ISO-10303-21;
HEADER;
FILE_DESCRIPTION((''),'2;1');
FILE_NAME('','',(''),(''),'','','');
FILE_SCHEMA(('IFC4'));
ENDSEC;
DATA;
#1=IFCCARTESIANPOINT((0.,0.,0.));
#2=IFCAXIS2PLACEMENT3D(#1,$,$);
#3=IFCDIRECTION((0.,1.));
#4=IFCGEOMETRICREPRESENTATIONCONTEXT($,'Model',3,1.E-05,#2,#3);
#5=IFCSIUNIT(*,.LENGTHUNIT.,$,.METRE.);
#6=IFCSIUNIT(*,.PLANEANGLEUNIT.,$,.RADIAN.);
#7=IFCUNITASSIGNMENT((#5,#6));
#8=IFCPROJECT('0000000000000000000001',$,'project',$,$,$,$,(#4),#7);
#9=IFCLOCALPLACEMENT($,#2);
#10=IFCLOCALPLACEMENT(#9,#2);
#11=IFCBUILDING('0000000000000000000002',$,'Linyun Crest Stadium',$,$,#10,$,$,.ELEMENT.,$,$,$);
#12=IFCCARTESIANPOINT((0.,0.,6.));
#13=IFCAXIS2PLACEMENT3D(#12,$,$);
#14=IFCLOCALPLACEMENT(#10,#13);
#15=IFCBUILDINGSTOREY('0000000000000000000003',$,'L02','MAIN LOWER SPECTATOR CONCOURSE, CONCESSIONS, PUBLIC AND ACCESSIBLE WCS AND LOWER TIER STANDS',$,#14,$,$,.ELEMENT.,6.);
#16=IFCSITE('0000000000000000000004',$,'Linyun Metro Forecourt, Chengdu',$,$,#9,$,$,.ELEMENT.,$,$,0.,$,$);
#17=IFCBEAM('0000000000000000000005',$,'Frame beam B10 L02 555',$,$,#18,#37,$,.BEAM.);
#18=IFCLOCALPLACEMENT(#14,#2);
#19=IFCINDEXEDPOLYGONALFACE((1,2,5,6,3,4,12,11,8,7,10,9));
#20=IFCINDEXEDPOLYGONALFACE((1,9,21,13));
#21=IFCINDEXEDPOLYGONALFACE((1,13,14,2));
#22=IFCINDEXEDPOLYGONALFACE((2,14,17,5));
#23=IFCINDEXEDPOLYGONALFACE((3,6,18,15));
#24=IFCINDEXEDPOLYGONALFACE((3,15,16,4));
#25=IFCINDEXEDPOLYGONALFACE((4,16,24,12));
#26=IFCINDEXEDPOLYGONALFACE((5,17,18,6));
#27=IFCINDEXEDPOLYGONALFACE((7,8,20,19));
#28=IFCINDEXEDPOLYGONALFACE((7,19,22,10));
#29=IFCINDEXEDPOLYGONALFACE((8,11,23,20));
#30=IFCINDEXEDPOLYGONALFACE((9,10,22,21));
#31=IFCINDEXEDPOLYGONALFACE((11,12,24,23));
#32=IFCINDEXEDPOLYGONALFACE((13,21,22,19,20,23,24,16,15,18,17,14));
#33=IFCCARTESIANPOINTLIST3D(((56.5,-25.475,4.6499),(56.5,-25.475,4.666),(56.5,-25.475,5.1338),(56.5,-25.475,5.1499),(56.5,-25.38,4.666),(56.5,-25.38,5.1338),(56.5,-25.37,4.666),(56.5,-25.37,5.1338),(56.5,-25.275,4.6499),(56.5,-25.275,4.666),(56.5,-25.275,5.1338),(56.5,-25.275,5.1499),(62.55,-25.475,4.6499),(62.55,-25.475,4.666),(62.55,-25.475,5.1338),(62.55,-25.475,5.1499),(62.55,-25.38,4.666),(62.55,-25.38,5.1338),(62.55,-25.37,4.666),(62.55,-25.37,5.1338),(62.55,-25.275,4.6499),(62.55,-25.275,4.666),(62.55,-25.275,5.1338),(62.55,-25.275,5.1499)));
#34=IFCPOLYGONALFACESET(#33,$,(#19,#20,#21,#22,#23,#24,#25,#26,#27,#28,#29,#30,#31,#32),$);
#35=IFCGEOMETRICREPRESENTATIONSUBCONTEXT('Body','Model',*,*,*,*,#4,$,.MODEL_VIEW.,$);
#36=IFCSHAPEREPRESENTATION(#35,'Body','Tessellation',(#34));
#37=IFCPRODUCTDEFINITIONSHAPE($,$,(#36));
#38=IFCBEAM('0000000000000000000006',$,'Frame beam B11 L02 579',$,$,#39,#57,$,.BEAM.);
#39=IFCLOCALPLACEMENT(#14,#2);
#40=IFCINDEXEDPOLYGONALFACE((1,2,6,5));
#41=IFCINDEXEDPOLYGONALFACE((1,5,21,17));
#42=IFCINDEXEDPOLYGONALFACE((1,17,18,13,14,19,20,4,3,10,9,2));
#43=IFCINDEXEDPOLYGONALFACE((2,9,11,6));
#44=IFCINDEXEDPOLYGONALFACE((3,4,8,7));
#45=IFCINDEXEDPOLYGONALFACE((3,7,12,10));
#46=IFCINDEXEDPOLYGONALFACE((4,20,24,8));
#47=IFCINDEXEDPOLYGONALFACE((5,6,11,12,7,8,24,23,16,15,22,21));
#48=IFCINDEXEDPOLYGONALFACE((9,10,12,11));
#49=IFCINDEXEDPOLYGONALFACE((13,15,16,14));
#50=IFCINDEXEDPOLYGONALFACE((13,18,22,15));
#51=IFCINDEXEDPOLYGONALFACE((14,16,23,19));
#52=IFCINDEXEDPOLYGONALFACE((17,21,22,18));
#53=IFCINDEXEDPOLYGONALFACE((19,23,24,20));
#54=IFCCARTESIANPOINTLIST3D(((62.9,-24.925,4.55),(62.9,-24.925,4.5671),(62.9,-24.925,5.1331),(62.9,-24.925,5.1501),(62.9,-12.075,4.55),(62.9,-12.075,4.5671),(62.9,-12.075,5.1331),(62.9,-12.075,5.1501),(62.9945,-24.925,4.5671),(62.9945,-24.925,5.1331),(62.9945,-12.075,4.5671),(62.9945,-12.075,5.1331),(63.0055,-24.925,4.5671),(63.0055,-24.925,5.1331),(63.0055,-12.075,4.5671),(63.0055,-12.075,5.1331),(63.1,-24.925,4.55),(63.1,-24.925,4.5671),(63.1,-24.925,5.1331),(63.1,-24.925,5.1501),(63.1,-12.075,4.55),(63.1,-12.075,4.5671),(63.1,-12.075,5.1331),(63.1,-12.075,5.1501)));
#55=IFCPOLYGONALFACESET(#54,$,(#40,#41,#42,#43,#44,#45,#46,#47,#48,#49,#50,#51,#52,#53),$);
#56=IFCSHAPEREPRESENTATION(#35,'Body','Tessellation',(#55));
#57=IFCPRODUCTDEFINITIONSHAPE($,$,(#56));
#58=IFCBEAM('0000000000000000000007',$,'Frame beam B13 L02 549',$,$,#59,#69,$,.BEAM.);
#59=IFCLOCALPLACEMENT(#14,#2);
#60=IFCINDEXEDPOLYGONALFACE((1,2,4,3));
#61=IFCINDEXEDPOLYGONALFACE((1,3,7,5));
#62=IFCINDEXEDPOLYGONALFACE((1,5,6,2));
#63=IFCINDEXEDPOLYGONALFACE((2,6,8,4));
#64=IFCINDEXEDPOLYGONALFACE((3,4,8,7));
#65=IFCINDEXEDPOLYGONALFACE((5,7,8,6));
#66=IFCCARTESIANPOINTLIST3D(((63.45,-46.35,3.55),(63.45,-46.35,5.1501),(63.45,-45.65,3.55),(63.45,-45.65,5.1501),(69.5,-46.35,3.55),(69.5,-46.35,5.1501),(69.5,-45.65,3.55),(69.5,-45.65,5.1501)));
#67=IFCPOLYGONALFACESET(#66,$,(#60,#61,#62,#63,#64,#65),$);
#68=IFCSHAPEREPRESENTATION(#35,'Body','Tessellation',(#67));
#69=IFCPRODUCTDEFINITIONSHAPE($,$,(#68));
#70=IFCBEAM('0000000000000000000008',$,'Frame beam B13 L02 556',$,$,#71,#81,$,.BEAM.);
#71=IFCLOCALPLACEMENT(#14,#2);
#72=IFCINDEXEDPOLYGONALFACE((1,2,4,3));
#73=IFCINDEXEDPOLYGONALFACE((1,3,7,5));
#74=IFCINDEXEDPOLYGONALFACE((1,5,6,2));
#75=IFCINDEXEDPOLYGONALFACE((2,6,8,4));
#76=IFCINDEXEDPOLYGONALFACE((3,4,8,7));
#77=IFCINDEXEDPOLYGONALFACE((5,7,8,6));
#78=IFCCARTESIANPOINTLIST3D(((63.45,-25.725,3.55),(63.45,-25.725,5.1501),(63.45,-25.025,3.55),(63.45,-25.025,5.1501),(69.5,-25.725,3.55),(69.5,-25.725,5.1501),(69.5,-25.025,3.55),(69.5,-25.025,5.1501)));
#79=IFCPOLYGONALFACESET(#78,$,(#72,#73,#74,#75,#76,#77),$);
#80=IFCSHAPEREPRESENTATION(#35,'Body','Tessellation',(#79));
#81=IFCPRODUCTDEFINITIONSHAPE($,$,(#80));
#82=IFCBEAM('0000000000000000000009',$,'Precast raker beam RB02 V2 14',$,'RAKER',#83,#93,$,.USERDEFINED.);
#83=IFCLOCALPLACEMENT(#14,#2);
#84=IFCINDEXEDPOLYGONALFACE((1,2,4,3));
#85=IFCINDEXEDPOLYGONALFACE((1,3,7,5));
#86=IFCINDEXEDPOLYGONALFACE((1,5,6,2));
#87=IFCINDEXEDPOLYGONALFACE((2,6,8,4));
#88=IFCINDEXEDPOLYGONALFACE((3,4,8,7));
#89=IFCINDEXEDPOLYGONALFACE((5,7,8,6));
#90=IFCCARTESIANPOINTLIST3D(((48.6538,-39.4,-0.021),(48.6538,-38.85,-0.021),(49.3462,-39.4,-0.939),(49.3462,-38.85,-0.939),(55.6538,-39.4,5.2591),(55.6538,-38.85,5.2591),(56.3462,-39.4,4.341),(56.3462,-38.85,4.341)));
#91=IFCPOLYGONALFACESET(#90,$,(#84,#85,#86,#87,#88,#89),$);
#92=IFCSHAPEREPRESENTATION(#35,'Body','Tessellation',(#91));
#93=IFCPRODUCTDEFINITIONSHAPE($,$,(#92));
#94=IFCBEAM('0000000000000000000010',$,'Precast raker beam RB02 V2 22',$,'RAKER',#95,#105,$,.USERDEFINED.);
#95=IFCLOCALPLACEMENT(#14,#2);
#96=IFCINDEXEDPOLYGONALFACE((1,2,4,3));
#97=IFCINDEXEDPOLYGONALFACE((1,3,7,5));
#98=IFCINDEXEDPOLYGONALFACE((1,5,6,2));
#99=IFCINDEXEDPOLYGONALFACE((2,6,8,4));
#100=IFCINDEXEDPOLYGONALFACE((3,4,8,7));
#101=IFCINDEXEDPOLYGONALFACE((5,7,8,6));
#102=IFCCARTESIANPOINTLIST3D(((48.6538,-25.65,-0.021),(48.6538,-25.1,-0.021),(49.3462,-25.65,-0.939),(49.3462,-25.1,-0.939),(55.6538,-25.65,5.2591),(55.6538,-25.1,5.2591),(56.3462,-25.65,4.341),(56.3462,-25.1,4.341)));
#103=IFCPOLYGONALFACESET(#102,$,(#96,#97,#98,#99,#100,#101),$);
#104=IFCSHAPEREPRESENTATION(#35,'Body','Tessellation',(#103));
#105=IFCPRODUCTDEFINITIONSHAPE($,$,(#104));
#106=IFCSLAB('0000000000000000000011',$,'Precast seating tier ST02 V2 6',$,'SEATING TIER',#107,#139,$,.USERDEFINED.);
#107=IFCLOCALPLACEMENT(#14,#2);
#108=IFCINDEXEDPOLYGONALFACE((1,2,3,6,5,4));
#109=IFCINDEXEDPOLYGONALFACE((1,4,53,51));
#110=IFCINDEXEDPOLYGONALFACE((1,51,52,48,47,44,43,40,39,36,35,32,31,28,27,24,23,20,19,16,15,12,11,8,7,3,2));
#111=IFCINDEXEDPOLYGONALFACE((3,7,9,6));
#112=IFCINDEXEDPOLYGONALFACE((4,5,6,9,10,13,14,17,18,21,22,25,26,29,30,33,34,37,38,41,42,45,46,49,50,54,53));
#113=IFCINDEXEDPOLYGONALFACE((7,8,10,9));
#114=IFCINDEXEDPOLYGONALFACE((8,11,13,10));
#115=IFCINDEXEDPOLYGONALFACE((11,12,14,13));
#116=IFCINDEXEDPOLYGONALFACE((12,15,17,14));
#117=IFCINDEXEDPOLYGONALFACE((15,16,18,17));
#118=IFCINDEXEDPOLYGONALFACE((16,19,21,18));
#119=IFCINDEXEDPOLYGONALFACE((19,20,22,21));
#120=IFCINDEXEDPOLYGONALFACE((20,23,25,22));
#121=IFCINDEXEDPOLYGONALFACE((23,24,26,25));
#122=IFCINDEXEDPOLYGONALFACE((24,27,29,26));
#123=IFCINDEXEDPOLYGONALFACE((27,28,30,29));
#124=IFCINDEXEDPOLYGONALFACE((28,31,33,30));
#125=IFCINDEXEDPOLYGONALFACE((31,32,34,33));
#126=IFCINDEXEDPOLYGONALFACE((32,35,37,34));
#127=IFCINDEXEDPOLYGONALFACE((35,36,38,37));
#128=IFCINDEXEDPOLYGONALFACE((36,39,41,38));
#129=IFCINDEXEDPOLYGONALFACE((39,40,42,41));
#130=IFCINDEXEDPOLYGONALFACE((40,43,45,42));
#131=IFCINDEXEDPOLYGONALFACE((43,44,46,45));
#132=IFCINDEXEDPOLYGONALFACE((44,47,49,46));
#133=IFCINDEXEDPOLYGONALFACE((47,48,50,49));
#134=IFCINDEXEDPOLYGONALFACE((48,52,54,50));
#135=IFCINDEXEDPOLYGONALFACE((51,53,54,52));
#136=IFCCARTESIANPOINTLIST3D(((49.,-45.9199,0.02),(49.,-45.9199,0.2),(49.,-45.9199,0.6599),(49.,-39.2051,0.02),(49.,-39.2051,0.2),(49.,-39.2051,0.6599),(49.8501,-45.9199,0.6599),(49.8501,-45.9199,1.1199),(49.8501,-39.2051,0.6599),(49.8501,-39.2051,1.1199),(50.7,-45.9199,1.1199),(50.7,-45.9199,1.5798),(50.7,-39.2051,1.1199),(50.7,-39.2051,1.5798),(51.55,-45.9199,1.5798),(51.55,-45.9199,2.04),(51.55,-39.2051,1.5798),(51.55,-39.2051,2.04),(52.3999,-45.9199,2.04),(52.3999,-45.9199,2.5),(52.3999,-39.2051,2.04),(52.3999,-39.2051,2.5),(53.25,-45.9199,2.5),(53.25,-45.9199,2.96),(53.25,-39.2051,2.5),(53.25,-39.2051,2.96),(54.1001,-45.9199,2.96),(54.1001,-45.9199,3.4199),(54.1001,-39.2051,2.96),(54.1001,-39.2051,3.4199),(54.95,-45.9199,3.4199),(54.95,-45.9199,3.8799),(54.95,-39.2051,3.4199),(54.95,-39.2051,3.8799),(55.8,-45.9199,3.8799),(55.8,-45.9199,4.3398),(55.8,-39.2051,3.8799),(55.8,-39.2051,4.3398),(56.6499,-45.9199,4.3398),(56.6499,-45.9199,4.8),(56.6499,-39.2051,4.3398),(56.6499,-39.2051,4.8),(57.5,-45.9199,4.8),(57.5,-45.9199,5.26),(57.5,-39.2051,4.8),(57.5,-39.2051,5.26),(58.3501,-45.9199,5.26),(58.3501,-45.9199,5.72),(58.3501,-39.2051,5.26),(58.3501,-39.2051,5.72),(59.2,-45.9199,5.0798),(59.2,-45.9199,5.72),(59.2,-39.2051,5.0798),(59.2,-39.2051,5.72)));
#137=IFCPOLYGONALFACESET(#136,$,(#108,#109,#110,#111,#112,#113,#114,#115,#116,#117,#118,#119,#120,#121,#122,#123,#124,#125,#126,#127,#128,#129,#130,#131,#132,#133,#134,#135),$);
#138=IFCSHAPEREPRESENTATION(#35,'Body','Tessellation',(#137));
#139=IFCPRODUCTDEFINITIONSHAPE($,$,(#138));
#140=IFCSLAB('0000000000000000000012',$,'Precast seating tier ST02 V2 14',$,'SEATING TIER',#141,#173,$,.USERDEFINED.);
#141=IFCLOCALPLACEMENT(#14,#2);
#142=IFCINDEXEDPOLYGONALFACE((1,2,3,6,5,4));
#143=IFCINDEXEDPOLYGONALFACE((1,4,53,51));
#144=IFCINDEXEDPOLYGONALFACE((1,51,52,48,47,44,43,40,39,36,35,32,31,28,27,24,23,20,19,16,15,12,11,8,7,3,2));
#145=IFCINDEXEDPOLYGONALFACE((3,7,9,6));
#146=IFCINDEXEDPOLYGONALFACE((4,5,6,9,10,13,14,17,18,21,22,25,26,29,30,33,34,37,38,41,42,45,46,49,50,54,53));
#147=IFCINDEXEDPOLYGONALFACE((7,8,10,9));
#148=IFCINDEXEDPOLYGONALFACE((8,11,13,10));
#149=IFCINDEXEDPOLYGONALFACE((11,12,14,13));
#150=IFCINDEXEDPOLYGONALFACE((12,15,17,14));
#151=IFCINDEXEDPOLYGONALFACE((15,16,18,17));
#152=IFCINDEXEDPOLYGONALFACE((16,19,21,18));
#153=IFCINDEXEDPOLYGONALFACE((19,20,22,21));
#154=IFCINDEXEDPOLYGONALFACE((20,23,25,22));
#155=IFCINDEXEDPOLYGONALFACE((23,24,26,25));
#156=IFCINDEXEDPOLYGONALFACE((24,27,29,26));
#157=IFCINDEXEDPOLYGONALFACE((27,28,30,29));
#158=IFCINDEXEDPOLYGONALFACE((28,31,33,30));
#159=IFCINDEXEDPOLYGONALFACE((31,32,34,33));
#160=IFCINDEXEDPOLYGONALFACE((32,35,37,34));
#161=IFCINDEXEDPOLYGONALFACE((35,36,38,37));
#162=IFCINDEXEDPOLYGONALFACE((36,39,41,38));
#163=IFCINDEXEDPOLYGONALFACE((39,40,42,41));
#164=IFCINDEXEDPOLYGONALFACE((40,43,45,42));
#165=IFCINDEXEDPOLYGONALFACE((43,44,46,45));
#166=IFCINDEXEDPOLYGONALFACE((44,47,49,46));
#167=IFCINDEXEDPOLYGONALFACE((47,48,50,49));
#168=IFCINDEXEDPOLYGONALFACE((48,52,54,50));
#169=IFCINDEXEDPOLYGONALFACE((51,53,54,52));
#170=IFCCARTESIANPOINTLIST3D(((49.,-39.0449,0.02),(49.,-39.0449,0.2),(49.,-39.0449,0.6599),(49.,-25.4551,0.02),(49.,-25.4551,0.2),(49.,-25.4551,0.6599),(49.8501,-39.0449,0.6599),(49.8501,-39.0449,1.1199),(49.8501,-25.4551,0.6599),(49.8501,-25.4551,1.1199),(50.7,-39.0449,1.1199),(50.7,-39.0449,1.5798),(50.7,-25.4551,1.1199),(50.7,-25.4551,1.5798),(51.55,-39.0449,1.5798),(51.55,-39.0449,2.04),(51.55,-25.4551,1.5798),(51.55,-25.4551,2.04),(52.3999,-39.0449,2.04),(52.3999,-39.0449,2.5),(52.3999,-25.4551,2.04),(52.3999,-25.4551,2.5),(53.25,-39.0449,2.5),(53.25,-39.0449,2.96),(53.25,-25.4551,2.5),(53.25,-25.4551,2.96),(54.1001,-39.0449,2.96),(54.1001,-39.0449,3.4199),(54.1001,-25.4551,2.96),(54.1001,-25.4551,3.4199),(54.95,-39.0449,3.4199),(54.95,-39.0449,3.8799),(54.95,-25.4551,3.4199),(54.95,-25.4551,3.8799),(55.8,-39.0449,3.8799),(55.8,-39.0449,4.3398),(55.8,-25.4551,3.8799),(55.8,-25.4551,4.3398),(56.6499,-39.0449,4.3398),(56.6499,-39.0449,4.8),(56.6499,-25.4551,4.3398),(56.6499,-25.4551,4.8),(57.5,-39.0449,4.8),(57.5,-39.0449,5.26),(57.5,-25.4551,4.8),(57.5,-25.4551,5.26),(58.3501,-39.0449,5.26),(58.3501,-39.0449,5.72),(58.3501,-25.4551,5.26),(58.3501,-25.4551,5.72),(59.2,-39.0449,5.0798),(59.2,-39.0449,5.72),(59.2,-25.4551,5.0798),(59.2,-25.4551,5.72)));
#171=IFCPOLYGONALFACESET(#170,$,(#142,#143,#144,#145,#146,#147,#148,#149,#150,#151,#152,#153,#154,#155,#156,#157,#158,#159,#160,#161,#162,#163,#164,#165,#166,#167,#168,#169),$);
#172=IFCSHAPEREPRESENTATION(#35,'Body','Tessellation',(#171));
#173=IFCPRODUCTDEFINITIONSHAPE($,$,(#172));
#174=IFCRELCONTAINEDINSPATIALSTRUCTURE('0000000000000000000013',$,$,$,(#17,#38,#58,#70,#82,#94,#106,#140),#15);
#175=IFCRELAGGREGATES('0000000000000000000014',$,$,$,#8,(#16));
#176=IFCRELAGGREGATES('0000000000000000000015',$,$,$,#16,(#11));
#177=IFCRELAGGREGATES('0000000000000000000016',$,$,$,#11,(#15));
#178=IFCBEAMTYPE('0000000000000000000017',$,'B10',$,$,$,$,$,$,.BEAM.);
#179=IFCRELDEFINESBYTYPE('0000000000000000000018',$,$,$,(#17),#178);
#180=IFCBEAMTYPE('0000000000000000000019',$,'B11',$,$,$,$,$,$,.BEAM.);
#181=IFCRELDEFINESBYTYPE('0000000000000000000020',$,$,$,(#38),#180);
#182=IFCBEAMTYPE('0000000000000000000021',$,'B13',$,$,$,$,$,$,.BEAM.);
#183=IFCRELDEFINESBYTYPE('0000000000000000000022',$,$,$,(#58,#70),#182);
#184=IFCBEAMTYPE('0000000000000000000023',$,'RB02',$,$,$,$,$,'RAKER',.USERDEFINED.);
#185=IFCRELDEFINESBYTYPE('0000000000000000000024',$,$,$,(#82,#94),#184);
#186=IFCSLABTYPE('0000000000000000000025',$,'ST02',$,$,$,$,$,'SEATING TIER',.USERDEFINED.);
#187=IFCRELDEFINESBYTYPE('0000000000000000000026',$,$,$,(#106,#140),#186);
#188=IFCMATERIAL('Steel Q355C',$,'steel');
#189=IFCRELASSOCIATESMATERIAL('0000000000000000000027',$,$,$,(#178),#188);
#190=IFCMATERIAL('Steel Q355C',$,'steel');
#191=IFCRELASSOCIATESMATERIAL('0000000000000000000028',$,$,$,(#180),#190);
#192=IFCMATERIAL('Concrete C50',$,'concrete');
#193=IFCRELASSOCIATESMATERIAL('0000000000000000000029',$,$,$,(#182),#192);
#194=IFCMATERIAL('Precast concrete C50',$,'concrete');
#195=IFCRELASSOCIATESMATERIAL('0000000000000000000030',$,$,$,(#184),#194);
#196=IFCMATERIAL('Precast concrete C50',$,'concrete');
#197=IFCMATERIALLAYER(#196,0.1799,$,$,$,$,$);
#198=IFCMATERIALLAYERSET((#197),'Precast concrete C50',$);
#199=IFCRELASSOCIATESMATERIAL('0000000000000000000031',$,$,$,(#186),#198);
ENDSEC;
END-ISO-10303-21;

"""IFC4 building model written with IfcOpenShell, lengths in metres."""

from ifc_helpers import new_model, si_unit, direction, frame, origin, origin_2d, place, context, subcontext, project, spatial, polyline, rectangle, i_section, outline, extrude, material, layer, layer_set, material_profile, profile_set, type_object, element, save


model = new_model("IFC4")

# Units and contexts
model_context = context("Model", 3, precision=1e-05, world=origin(), true_north=direction((0.0, 1.0)))
body_context = subcontext(model_context, "Body", "Model", "MODEL_VIEW")
ifc_project = project(units=[si_unit("LENGTHUNIT", "METRE"), si_unit("PLANEANGLEUNIT", "RADIAN")], contexts=[model_context])

# Site, building, storey
site_placement = place(None, origin())
site = spatial("IfcSite", under=ifc_project, at=site_placement, Name="Linyun Metro Forecourt, Chengdu", CompositionType="ELEMENT", RefElevation=0.0)
building_placement = place(site_placement, origin())
building = spatial("IfcBuilding", under=site, at=building_placement, Name="Linyun Crest Stadium", CompositionType="ELEMENT")
storey_placement = place(building_placement, frame((0.0, 0.0, 6.0)))
storey = spatial("IfcBuildingStorey", under=building, at=storey_placement, Name="L02", Description="MAIN LOWER SPECTATOR CONCOURSE, CONCESSIONS, PUBLIC AND ACCESSIBLE WCS AND LOWER TIER STANDS", CompositionType="ELEMENT", Elevation=6.0)

# Beams
ifc_material_1 = material(Name="Steel Q355C", Category="steel")
ifc_material_profile_1 = material_profile(ifc_material_1, i_section(OverallWidth=0.2, OverallDepth=0.5, WebThickness=0.01, FlangeThickness=0.0161, at=origin_2d()), Name="HN 500x200")
ifc_profile_set_1 = profile_set([ifc_material_profile_1], Name="Steel Q355C")
beam_type_1 = type_object("IfcBeamType", Name="B10", PredefinedType="BEAM", material=ifc_profile_set_1)
for number, where, z_axis, x_axis, name in (
    (1, (56.5, -25.375, 4.8999), (1.0, 0.0, 0.0), (0.0, 1.0, 0.0), "Frame beam B10 L02 555"),
):
    element("IfcBeam", number, at=place(storey_placement, frame(where, z_axis=z_axis, x_axis=x_axis)), inside=storey, type_object=beam_type_1, Name=name, PredefinedType="BEAM", context=body_context, shape_type="SweptSolid", body=[
        extrude(i_section(OverallWidth=0.2, OverallDepth=0.5, WebThickness=0.01, FlangeThickness=0.0161, at=origin_2d()), origin(), (0.0, 0.0, 1.0), 6.05),
    ])
ifc_material_2 = material(Name="Steel Q355C", Category="steel")
ifc_material_profile_2 = material_profile(ifc_material_2, i_section(OverallWidth=0.2, OverallDepth=0.6001, WebThickness=0.011, FlangeThickness=0.0171, at=origin_2d()), Name="HN 600x200")
ifc_profile_set_2 = profile_set([ifc_material_profile_2], Name="Steel Q355C")
beam_type_2 = type_object("IfcBeamType", Name="B11", PredefinedType="BEAM", material=ifc_profile_set_2)
beam_1_placement = place(storey_placement, frame((63.0, -24.925, 4.8501), z_axis=(0.0, 1.0, 0.0), x_axis=(-1.0, 0.0, 0.0)))
element("IfcBeam", 2, at=beam_1_placement, inside=storey, type_object=beam_type_2, Name="Frame beam B11 L02 579", PredefinedType="BEAM", context=body_context, shape_type="SweptSolid", body=[
    extrude(i_section(OverallWidth=0.2, OverallDepth=0.6001, WebThickness=0.011, FlangeThickness=0.0171, at=origin_2d()), origin(), (0.0, 0.0, 1.0), 12.8501),
])
ifc_material_3 = material(Name="Concrete C50", Category="concrete")
ifc_material_profile_3 = material_profile(ifc_material_3, rectangle(XDim=0.7, YDim=1.6001, at=origin_2d()), Name="RCB 1600x700")
ifc_profile_set_3 = profile_set([ifc_material_profile_3], Name="Concrete C50")
beam_type_3 = type_object("IfcBeamType", Name="B13", PredefinedType="BEAM", material=ifc_profile_set_3)
for number, where, z_axis, x_axis, name in (
    (3, (63.45, -46.0, 4.3501), (1.0, 0.0, 0.0), (0.0, 1.0, 0.0), "Frame beam B13 L02 549"),
    (4, (63.45, -25.375, 4.3501), (1.0, 0.0, 0.0), (0.0, 1.0, 0.0), "Frame beam B13 L02 556"),
):
    element("IfcBeam", number, at=place(storey_placement, frame(where, z_axis=z_axis, x_axis=x_axis)), inside=storey, type_object=beam_type_3, Name=name, PredefinedType="BEAM", context=body_context, shape_type="SweptSolid", body=[
        extrude(rectangle(XDim=0.7, YDim=1.6001, at=origin_2d()), origin(), (0.0, 0.0, 1.0), 6.05),
    ])
ifc_material_4 = material(Name="Precast concrete C50", Category="concrete")
ifc_material_profile_4 = material_profile(ifc_material_4, rectangle(XDim=0.55, YDim=1.1499, at=origin_2d()), Name="PCR 1150x550")
ifc_profile_set_4 = profile_set([ifc_material_profile_4], Name="Precast concrete C50")
beam_type_4 = type_object("IfcBeamType", Name="RB02", ElementType="RAKER", PredefinedType="USERDEFINED", material=ifc_profile_set_4)
for number, where, z_axis, x_axis, name in (
    (5, (49.0, -39.125, -0.48), (0.798353, 0.0, 0.60219), (0.0, 1.0, 0.0), "Precast raker beam RB02 V2 14"),
    (6, (49.0, -25.375, -0.48), (0.798353, 0.0, 0.60219), (0.0, 1.0, 0.0), "Precast raker beam RB02 V2 22"),
):
    element("IfcBeam", number, at=place(storey_placement, frame(where, z_axis=z_axis, x_axis=x_axis)), inside=storey, type_object=beam_type_4, Name=name, ObjectType="RAKER", PredefinedType="USERDEFINED", context=body_context, shape_type="SweptSolid", body=[
        extrude(rectangle(XDim=0.55, YDim=1.1499, at=origin_2d()), origin(), (0.0, 0.0, 1.0), 8.7681),
    ])

# Slabs
ifc_material_5 = material(Name="Precast concrete C50", Category="concrete")
ifc_layer_1 = layer(ifc_material_5, 0.1799)
ifc_layer_set_1 = layer_set([ifc_layer_1], Name="Precast concrete C50")
slab_type = type_object("IfcSlabType", Name="ST02", ElementType="SEATING TIER", PredefinedType="USERDEFINED", material=ifc_layer_set_1)
slab_placement = place(storey_placement, frame((49.0, -45.9199, 0.2), z_axis=(0.0, 0.0, 1.0), x_axis=(1.0, 0.0, 0.0)))
element("IfcSlab", 7, at=slab_placement, inside=storey, type_object=slab_type, Name="Precast seating tier ST02 V2 6", ObjectType="SEATING TIER", PredefinedType="USERDEFINED", context=body_context, shape_type="SweptSolid", body=[
    extrude(outline(polyline([(0.0, 0.0), (0.0, -0.46), (0.8501, -0.46), (0.8501, -0.9199), (1.7, -0.9199), (1.7, -1.3799), (2.55, -1.3799), (2.55, -1.8401), (3.3999, -1.8401), (3.3999, -2.3), (4.25, -2.3), (4.25, -2.76), (5.1001, -2.76), (5.1001, -3.22), (5.95, -3.22), (5.95, -3.6799), (6.8, -3.6799), (6.8, -4.1399), (7.6499, -4.1399), (7.6499, -4.6001), (8.5, -4.6001), (8.5, -5.0601), (9.3501, -5.0601), (9.3501, -5.52), (10.2, -5.52), (10.2, -4.8799), (0.0, 0.1799), (0.0, 0.0)])), frame((0.0, 0.0, 0.0), z_axis=(0.0, 1.0, 0.0), x_axis=(1.0, 0.0, 0.0)), (0.0, 0.0, 1.0), 6.7148),
])
for number, where, z_axis, x_axis, name in (
    (8, (49.0, -39.0449, 0.2), (0.0, 0.0, 1.0), (1.0, 0.0, 0.0), "Precast seating tier ST02 V2 14"),
):
    element("IfcSlab", number, at=place(storey_placement, frame(where, z_axis=z_axis, x_axis=x_axis)), inside=storey, type_object=slab_type, Name=name, ObjectType="SEATING TIER", PredefinedType="USERDEFINED", context=body_context, shape_type="SweptSolid", body=[
        extrude(outline(polyline([(0.0, 0.0), (0.0, -0.46), (0.8501, -0.46), (0.8501, -0.9199), (1.7, -0.9199), (1.7, -1.3799), (2.55, -1.3799), (2.55, -1.8401), (3.3999, -1.8401), (3.3999, -2.3), (4.25, -2.3), (4.25, -2.76), (5.1001, -2.76), (5.1001, -3.22), (5.95, -3.22), (5.95, -3.6799), (6.8, -3.6799), (6.8, -4.1399), (7.6499, -4.1399), (7.6499, -4.6001), (8.5, -4.6001), (8.5, -5.0601), (9.3501, -5.0601), (9.3501, -5.52), (10.2, -5.52), (10.2, -4.8799), (0.0, 0.1799), (0.0, 0.0)])), frame((0.0, 0.0, 0.0), z_axis=(0.0, 1.0, 0.0), x_axis=(1.0, 0.0, 0.0)), (0.0, 0.0, 1.0), 13.5898),
    ])

save(model, "model.ifc")
